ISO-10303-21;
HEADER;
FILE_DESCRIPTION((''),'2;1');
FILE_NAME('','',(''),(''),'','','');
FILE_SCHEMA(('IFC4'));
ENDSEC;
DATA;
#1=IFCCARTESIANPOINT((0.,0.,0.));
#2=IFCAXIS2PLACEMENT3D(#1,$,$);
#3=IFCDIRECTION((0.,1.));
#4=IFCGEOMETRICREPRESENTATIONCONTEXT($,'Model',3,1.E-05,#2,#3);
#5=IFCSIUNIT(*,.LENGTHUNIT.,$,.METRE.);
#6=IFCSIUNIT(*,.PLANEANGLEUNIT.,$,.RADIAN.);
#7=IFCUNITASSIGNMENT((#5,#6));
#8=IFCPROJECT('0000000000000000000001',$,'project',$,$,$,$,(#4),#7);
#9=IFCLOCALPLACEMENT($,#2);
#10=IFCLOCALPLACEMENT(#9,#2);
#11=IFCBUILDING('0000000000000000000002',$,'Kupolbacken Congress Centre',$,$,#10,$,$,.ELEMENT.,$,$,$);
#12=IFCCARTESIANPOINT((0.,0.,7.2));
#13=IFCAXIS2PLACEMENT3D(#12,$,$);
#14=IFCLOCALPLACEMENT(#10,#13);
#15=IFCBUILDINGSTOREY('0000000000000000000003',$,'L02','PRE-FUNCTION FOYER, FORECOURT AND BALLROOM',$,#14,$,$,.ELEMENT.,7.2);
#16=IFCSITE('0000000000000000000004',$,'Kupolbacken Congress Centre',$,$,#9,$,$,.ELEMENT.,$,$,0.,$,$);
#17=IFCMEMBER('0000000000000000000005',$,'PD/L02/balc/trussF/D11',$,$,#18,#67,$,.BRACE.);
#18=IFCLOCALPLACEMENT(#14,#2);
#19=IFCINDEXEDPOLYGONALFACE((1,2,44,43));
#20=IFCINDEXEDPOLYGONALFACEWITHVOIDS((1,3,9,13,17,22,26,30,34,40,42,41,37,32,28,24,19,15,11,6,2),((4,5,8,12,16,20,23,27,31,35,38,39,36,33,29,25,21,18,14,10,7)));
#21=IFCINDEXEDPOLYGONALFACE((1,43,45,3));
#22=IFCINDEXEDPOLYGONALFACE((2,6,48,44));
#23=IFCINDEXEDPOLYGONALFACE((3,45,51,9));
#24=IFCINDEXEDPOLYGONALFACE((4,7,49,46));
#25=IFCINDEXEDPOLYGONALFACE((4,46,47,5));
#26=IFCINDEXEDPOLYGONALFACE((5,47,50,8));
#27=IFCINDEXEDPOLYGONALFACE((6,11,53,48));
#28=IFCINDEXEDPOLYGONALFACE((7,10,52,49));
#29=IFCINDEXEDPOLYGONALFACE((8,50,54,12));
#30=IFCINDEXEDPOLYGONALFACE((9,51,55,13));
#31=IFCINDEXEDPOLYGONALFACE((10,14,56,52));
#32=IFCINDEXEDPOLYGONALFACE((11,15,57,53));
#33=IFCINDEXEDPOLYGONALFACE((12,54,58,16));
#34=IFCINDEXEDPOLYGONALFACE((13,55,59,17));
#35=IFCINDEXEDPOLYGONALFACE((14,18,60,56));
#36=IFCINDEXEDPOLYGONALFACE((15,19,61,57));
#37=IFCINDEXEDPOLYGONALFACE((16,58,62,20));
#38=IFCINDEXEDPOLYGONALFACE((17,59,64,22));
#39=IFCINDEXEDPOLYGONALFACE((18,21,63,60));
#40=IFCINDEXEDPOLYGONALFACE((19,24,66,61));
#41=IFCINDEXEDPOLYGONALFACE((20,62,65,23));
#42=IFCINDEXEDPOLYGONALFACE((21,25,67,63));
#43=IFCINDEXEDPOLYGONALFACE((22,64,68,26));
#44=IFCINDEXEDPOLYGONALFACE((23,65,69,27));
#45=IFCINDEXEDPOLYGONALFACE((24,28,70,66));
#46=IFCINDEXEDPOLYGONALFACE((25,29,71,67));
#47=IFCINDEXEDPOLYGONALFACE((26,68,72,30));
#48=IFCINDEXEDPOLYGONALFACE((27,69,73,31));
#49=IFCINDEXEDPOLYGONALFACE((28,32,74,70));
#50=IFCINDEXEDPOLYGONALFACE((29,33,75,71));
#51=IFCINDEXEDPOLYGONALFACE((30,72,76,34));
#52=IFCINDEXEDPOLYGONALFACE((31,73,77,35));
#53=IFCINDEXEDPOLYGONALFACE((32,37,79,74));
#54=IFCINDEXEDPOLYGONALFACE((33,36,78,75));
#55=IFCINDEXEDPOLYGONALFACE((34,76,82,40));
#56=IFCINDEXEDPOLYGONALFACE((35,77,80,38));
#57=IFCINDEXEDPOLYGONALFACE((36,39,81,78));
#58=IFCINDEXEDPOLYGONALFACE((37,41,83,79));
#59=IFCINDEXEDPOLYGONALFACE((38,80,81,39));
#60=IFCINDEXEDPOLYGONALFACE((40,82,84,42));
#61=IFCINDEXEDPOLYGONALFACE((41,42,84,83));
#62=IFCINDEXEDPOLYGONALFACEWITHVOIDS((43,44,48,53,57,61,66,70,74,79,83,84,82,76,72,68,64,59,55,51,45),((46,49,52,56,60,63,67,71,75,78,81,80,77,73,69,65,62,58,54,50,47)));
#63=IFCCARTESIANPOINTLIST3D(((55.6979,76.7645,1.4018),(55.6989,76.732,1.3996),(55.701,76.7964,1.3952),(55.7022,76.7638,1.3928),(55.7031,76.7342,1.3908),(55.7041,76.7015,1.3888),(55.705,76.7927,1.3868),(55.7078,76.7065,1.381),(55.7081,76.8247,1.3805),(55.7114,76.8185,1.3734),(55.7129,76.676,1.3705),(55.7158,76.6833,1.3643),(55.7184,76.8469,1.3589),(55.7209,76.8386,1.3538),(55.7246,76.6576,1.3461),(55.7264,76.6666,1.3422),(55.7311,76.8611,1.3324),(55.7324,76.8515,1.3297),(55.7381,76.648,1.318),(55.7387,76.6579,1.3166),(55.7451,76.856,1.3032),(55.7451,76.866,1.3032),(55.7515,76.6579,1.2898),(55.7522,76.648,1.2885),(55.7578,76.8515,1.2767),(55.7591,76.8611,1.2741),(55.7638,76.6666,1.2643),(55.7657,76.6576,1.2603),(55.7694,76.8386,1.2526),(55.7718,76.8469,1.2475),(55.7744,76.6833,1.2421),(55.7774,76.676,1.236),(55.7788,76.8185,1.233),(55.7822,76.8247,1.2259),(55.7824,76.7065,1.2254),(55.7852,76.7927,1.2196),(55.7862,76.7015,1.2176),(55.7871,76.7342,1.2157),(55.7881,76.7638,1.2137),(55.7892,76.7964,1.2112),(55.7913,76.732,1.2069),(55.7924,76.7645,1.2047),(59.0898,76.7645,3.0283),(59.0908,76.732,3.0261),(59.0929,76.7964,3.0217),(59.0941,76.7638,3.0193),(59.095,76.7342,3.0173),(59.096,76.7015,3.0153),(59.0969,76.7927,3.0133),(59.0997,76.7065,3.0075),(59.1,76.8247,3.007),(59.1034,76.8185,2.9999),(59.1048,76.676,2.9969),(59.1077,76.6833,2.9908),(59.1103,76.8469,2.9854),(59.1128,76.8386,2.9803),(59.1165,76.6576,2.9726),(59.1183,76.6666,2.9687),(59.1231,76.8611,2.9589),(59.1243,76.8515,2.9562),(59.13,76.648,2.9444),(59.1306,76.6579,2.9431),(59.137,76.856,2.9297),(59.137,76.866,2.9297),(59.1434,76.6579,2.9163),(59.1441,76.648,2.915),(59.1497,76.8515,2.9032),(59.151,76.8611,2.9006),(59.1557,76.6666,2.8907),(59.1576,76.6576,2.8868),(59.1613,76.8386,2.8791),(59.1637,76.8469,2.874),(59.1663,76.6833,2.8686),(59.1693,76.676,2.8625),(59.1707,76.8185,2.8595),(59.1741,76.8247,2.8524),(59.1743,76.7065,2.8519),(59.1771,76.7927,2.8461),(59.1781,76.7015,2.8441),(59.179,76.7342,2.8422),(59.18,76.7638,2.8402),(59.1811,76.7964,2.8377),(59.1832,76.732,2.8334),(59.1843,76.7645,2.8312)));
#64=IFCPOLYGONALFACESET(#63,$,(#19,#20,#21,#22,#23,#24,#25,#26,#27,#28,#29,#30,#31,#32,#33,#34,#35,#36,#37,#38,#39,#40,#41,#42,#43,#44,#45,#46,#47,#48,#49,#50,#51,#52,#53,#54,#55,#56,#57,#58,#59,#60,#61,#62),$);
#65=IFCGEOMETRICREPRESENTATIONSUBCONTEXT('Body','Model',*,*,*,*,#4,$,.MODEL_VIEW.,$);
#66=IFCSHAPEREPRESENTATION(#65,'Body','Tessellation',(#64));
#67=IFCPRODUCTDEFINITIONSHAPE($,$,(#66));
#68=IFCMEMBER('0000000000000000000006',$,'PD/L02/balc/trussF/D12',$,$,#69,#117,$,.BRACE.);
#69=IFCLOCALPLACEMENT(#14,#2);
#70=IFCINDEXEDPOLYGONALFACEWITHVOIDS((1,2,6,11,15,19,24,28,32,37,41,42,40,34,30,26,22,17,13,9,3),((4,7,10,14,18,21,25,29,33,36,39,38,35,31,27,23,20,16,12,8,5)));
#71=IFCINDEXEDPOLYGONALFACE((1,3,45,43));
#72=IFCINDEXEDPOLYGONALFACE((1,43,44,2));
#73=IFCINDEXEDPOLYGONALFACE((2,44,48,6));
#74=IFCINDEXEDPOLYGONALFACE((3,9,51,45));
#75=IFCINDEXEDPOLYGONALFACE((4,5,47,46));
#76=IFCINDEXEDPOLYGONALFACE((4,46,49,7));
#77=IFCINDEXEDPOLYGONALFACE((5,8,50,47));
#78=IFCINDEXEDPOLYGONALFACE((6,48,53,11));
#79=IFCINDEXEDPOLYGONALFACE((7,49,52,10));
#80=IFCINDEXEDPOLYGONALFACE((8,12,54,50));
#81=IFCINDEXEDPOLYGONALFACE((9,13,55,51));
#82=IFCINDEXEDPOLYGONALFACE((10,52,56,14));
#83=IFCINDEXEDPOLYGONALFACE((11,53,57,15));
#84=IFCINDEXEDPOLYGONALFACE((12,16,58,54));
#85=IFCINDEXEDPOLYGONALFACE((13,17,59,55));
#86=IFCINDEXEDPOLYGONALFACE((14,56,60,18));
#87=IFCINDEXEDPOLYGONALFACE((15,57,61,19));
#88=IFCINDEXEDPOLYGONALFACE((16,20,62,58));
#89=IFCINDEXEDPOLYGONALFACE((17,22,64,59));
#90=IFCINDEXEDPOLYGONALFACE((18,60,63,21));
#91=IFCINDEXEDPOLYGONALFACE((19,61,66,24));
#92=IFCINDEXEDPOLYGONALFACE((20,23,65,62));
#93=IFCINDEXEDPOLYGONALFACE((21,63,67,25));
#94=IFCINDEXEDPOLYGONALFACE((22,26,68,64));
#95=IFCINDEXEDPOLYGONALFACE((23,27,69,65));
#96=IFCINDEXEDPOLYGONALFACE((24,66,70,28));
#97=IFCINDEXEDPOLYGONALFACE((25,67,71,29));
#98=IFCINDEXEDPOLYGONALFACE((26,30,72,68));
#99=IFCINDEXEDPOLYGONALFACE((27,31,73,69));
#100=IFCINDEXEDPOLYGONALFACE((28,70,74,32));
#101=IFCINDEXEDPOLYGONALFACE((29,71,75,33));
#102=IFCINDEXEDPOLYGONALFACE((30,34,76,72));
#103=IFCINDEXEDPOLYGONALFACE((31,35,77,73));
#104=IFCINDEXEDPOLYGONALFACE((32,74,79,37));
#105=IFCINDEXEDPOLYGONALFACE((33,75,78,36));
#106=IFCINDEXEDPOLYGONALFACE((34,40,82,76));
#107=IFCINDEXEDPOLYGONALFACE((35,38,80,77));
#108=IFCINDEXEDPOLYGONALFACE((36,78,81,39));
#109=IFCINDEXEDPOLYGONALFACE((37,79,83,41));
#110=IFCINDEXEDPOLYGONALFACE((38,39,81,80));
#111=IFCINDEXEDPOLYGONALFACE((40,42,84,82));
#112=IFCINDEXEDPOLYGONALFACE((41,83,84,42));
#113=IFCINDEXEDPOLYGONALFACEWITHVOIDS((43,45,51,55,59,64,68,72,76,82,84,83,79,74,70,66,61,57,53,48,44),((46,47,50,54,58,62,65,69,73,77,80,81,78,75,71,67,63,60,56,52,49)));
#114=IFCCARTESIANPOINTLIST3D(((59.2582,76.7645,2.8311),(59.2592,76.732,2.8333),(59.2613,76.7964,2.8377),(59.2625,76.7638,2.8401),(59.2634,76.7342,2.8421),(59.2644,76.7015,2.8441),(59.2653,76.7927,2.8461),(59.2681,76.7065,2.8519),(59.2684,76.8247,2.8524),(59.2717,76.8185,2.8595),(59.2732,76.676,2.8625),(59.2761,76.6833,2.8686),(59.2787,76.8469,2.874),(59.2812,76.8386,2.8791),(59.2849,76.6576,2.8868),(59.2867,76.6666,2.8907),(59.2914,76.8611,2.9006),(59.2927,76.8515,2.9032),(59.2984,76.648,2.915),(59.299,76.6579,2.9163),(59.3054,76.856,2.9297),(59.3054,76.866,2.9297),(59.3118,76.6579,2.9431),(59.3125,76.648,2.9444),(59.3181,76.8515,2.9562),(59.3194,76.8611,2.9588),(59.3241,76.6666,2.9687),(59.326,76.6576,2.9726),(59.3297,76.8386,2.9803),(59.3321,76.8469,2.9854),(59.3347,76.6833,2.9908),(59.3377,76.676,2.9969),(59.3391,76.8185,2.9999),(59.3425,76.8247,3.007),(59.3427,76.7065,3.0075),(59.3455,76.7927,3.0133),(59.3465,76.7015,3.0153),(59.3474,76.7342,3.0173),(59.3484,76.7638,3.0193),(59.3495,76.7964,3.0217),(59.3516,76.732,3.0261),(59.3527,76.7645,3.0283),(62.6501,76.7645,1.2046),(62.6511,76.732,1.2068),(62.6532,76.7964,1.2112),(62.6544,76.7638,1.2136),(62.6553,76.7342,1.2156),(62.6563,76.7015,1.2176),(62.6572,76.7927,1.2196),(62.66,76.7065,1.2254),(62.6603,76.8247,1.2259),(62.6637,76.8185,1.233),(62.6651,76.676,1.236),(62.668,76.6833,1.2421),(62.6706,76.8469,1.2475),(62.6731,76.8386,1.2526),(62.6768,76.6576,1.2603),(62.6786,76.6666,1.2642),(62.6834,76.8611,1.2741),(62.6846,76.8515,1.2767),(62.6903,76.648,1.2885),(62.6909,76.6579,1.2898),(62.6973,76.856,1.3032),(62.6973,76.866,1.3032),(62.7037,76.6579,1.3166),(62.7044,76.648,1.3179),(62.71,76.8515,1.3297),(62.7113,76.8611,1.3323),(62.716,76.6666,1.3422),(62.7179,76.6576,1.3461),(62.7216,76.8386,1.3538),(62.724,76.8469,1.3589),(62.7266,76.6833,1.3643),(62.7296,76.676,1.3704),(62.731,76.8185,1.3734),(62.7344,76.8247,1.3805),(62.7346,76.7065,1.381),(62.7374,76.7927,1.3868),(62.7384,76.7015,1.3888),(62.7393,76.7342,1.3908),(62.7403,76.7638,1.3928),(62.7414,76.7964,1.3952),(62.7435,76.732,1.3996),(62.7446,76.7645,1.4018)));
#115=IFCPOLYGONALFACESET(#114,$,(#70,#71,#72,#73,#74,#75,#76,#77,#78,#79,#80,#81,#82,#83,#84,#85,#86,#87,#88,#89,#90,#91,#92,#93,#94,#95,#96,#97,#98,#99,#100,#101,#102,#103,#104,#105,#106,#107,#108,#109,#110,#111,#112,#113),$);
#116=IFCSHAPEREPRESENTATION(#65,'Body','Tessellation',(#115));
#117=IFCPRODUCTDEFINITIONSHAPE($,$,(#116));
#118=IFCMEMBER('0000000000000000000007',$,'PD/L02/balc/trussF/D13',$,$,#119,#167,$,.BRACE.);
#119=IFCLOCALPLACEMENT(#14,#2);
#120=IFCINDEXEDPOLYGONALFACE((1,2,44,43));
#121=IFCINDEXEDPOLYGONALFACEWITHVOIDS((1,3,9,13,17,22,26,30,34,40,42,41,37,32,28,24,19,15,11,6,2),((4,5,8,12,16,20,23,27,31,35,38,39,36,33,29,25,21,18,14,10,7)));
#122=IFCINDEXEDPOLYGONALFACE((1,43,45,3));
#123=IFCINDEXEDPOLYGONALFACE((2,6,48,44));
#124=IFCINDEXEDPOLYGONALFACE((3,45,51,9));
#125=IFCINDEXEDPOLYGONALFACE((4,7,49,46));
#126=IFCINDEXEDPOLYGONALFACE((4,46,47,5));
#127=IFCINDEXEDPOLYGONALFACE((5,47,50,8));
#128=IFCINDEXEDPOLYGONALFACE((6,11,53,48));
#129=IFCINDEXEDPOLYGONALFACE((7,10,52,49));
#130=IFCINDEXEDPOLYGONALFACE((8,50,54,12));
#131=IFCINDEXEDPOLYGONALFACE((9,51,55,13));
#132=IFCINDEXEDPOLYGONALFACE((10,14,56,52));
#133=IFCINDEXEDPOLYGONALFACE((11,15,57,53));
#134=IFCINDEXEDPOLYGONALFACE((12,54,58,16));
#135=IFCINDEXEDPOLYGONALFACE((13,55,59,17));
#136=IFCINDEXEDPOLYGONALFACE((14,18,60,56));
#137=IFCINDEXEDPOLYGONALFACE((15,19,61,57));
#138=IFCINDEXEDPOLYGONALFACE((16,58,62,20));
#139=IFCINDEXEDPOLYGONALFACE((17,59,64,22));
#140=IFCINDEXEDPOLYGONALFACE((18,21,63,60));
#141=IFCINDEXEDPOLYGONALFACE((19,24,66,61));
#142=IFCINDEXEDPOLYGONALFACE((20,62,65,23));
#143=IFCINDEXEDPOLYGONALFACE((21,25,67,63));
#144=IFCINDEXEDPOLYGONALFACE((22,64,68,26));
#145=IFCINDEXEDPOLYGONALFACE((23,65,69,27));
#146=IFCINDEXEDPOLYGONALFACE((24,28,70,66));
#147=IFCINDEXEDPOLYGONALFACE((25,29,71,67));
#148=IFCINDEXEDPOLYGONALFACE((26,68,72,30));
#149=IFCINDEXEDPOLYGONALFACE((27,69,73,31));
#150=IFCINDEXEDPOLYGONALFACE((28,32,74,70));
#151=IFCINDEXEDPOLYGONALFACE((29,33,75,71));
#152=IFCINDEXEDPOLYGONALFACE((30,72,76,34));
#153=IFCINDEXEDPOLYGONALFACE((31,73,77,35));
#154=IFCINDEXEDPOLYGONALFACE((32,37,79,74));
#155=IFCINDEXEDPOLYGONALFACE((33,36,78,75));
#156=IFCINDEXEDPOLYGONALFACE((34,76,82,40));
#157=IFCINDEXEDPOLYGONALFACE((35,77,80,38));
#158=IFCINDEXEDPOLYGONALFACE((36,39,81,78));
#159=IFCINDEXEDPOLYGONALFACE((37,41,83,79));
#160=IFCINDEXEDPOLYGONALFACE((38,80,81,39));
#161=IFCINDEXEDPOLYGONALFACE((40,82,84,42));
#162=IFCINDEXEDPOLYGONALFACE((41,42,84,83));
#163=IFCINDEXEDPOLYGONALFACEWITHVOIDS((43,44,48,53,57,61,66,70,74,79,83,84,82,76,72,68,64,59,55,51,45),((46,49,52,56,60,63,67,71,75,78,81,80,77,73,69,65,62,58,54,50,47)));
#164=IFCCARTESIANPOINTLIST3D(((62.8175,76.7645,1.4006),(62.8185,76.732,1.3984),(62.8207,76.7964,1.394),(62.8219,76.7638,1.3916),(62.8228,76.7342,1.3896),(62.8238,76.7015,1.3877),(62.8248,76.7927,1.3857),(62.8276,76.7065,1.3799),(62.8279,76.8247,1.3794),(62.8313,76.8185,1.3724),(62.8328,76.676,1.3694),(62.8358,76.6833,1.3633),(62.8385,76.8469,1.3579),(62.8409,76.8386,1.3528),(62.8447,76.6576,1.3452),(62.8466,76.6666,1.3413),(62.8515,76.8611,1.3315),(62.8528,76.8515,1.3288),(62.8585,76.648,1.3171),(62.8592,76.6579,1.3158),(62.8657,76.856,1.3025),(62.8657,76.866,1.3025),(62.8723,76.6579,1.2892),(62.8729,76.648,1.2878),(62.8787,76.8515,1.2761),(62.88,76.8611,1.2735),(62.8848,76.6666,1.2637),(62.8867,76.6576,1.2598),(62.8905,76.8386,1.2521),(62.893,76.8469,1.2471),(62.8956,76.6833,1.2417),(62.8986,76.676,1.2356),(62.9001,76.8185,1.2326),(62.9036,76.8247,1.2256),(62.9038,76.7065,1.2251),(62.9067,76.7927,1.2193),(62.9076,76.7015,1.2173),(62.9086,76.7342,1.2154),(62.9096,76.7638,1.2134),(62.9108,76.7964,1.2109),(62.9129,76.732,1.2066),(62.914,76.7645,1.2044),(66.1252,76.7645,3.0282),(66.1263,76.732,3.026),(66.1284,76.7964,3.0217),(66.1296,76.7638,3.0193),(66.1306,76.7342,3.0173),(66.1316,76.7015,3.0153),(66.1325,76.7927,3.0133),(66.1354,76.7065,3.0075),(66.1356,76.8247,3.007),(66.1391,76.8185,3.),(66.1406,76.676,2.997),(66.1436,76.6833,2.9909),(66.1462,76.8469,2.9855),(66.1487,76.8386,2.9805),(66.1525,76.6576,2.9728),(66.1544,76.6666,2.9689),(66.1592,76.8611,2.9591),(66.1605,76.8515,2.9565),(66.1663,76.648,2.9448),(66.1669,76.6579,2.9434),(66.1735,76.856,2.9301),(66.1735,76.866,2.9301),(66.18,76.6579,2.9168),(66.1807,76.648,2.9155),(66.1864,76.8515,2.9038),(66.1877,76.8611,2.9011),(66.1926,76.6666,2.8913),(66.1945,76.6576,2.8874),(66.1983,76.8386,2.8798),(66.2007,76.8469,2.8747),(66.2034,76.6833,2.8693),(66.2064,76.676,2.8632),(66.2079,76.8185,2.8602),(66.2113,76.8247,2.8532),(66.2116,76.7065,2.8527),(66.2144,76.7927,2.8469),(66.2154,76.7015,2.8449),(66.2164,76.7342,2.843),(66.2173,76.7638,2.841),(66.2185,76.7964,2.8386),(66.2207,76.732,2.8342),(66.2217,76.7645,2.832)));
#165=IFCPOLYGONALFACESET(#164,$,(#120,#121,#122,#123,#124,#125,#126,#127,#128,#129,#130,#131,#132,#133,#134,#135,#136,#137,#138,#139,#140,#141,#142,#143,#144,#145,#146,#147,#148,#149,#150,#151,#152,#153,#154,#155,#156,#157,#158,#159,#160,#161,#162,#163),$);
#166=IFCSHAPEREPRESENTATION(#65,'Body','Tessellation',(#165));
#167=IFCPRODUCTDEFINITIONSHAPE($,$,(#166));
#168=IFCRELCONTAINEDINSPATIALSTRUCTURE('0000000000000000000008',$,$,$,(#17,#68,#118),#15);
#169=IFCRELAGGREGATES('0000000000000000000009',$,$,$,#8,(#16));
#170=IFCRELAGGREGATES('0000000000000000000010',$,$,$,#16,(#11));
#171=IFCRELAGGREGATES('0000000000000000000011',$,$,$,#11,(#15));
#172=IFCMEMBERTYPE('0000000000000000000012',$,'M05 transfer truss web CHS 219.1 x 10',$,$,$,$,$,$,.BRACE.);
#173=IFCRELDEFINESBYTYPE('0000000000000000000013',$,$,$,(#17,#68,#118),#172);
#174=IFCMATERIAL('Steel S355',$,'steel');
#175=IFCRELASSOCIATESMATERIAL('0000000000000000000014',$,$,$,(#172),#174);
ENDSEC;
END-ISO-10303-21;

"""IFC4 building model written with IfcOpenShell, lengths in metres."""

from ifc_helpers import new_model, si_unit, direction, frame, origin, origin_2d, place, context, subcontext, project, spatial, hollow_circle, extrude, material, material_profile, profile_set, type_object, element, save


model = new_model("IFC4")

# Units and contexts
model_context = context("Model", 3, precision=1e-05, world=origin(), true_north=direction((0.0, 1.0)))
body_context = subcontext(model_context, "Body", "Model", "MODEL_VIEW")
ifc_project = project(units=[si_unit("LENGTHUNIT", "METRE"), si_unit("PLANEANGLEUNIT", "RADIAN")], contexts=[model_context])

# Site, building, storey
site_placement = place(None, origin())
site = spatial("IfcSite", under=ifc_project, at=site_placement, Name="Kupolbacken Congress Centre", CompositionType="ELEMENT", RefElevation=0.0)
building_placement = place(site_placement, origin())
building = spatial("IfcBuilding", under=site, at=building_placement, Name="Kupolbacken Congress Centre", CompositionType="ELEMENT")
storey_placement = place(building_placement, frame((0.0, 0.0, 7.2)))
storey = spatial("IfcBuildingStorey", under=building, at=storey_placement, Name="L02", Description="PRE-FUNCTION FOYER, FORECOURT AND BALLROOM", CompositionType="ELEMENT", Elevation=7.2)

# Members
ifc_material_1 = material(Name="Steel S355", Category="steel")
ifc_material_profile_1 = material_profile(ifc_material_1, hollow_circle(Radius=0.1096, WallThickness=0.01, at=origin_2d()), Name="CHS 219.1 x 10")
ifc_profile_set_1 = profile_set([ifc_material_profile_1], Name="Steel S355")
member_type_1 = type_object("IfcMemberType", Name="M05 transfer truss web CHS 219.1 x 10", PredefinedType="BRACE", material=ifc_profile_set_1)
for number, where, z_axis, x_axis, name in (
    (1, (55.7451, 76.7563, 1.3032), (0.901691, 0.0, 0.432381), (0.0, 1.0, 0.0), "PD/L02/balc/trussF/D11"),
    (2, (59.3054, 76.7563, 2.9297), (0.901691, 0.0, -0.432381), (0.0, 1.0, 0.0), "PD/L02/balc/trussF/D12"),
):
    element("IfcMember", number, at=place(storey_placement, frame(where, z_axis=z_axis, x_axis=x_axis)), inside=storey, type_object=member_type_1, Name=name, PredefinedType="BRACE", context=body_context, shape_type="SweptSolid", body=[
        extrude(hollow_circle(Radius=0.1096, WallThickness=0.01, at=origin_2d()), origin(), (0.0, 0.0, 1.0), 3.7617),
    ])
member_1_placement = place(storey_placement, frame((62.8657, 76.7563, 1.3025), z_axis=(0.897257, 0.0, 0.441509), x_axis=(0.0, 1.0, 0.0)))
element("IfcMember", 3, at=member_1_placement, inside=storey, type_object=member_type_1, Name="PD/L02/balc/trussF/D13", PredefinedType="BRACE", context=body_context, shape_type="SweptSolid", body=[
    extrude(hollow_circle(Radius=0.1096, WallThickness=0.01, at=origin_2d()), origin(), (0.0, 0.0, 1.0), 3.6865),
])

save(model, "model.ifc")
